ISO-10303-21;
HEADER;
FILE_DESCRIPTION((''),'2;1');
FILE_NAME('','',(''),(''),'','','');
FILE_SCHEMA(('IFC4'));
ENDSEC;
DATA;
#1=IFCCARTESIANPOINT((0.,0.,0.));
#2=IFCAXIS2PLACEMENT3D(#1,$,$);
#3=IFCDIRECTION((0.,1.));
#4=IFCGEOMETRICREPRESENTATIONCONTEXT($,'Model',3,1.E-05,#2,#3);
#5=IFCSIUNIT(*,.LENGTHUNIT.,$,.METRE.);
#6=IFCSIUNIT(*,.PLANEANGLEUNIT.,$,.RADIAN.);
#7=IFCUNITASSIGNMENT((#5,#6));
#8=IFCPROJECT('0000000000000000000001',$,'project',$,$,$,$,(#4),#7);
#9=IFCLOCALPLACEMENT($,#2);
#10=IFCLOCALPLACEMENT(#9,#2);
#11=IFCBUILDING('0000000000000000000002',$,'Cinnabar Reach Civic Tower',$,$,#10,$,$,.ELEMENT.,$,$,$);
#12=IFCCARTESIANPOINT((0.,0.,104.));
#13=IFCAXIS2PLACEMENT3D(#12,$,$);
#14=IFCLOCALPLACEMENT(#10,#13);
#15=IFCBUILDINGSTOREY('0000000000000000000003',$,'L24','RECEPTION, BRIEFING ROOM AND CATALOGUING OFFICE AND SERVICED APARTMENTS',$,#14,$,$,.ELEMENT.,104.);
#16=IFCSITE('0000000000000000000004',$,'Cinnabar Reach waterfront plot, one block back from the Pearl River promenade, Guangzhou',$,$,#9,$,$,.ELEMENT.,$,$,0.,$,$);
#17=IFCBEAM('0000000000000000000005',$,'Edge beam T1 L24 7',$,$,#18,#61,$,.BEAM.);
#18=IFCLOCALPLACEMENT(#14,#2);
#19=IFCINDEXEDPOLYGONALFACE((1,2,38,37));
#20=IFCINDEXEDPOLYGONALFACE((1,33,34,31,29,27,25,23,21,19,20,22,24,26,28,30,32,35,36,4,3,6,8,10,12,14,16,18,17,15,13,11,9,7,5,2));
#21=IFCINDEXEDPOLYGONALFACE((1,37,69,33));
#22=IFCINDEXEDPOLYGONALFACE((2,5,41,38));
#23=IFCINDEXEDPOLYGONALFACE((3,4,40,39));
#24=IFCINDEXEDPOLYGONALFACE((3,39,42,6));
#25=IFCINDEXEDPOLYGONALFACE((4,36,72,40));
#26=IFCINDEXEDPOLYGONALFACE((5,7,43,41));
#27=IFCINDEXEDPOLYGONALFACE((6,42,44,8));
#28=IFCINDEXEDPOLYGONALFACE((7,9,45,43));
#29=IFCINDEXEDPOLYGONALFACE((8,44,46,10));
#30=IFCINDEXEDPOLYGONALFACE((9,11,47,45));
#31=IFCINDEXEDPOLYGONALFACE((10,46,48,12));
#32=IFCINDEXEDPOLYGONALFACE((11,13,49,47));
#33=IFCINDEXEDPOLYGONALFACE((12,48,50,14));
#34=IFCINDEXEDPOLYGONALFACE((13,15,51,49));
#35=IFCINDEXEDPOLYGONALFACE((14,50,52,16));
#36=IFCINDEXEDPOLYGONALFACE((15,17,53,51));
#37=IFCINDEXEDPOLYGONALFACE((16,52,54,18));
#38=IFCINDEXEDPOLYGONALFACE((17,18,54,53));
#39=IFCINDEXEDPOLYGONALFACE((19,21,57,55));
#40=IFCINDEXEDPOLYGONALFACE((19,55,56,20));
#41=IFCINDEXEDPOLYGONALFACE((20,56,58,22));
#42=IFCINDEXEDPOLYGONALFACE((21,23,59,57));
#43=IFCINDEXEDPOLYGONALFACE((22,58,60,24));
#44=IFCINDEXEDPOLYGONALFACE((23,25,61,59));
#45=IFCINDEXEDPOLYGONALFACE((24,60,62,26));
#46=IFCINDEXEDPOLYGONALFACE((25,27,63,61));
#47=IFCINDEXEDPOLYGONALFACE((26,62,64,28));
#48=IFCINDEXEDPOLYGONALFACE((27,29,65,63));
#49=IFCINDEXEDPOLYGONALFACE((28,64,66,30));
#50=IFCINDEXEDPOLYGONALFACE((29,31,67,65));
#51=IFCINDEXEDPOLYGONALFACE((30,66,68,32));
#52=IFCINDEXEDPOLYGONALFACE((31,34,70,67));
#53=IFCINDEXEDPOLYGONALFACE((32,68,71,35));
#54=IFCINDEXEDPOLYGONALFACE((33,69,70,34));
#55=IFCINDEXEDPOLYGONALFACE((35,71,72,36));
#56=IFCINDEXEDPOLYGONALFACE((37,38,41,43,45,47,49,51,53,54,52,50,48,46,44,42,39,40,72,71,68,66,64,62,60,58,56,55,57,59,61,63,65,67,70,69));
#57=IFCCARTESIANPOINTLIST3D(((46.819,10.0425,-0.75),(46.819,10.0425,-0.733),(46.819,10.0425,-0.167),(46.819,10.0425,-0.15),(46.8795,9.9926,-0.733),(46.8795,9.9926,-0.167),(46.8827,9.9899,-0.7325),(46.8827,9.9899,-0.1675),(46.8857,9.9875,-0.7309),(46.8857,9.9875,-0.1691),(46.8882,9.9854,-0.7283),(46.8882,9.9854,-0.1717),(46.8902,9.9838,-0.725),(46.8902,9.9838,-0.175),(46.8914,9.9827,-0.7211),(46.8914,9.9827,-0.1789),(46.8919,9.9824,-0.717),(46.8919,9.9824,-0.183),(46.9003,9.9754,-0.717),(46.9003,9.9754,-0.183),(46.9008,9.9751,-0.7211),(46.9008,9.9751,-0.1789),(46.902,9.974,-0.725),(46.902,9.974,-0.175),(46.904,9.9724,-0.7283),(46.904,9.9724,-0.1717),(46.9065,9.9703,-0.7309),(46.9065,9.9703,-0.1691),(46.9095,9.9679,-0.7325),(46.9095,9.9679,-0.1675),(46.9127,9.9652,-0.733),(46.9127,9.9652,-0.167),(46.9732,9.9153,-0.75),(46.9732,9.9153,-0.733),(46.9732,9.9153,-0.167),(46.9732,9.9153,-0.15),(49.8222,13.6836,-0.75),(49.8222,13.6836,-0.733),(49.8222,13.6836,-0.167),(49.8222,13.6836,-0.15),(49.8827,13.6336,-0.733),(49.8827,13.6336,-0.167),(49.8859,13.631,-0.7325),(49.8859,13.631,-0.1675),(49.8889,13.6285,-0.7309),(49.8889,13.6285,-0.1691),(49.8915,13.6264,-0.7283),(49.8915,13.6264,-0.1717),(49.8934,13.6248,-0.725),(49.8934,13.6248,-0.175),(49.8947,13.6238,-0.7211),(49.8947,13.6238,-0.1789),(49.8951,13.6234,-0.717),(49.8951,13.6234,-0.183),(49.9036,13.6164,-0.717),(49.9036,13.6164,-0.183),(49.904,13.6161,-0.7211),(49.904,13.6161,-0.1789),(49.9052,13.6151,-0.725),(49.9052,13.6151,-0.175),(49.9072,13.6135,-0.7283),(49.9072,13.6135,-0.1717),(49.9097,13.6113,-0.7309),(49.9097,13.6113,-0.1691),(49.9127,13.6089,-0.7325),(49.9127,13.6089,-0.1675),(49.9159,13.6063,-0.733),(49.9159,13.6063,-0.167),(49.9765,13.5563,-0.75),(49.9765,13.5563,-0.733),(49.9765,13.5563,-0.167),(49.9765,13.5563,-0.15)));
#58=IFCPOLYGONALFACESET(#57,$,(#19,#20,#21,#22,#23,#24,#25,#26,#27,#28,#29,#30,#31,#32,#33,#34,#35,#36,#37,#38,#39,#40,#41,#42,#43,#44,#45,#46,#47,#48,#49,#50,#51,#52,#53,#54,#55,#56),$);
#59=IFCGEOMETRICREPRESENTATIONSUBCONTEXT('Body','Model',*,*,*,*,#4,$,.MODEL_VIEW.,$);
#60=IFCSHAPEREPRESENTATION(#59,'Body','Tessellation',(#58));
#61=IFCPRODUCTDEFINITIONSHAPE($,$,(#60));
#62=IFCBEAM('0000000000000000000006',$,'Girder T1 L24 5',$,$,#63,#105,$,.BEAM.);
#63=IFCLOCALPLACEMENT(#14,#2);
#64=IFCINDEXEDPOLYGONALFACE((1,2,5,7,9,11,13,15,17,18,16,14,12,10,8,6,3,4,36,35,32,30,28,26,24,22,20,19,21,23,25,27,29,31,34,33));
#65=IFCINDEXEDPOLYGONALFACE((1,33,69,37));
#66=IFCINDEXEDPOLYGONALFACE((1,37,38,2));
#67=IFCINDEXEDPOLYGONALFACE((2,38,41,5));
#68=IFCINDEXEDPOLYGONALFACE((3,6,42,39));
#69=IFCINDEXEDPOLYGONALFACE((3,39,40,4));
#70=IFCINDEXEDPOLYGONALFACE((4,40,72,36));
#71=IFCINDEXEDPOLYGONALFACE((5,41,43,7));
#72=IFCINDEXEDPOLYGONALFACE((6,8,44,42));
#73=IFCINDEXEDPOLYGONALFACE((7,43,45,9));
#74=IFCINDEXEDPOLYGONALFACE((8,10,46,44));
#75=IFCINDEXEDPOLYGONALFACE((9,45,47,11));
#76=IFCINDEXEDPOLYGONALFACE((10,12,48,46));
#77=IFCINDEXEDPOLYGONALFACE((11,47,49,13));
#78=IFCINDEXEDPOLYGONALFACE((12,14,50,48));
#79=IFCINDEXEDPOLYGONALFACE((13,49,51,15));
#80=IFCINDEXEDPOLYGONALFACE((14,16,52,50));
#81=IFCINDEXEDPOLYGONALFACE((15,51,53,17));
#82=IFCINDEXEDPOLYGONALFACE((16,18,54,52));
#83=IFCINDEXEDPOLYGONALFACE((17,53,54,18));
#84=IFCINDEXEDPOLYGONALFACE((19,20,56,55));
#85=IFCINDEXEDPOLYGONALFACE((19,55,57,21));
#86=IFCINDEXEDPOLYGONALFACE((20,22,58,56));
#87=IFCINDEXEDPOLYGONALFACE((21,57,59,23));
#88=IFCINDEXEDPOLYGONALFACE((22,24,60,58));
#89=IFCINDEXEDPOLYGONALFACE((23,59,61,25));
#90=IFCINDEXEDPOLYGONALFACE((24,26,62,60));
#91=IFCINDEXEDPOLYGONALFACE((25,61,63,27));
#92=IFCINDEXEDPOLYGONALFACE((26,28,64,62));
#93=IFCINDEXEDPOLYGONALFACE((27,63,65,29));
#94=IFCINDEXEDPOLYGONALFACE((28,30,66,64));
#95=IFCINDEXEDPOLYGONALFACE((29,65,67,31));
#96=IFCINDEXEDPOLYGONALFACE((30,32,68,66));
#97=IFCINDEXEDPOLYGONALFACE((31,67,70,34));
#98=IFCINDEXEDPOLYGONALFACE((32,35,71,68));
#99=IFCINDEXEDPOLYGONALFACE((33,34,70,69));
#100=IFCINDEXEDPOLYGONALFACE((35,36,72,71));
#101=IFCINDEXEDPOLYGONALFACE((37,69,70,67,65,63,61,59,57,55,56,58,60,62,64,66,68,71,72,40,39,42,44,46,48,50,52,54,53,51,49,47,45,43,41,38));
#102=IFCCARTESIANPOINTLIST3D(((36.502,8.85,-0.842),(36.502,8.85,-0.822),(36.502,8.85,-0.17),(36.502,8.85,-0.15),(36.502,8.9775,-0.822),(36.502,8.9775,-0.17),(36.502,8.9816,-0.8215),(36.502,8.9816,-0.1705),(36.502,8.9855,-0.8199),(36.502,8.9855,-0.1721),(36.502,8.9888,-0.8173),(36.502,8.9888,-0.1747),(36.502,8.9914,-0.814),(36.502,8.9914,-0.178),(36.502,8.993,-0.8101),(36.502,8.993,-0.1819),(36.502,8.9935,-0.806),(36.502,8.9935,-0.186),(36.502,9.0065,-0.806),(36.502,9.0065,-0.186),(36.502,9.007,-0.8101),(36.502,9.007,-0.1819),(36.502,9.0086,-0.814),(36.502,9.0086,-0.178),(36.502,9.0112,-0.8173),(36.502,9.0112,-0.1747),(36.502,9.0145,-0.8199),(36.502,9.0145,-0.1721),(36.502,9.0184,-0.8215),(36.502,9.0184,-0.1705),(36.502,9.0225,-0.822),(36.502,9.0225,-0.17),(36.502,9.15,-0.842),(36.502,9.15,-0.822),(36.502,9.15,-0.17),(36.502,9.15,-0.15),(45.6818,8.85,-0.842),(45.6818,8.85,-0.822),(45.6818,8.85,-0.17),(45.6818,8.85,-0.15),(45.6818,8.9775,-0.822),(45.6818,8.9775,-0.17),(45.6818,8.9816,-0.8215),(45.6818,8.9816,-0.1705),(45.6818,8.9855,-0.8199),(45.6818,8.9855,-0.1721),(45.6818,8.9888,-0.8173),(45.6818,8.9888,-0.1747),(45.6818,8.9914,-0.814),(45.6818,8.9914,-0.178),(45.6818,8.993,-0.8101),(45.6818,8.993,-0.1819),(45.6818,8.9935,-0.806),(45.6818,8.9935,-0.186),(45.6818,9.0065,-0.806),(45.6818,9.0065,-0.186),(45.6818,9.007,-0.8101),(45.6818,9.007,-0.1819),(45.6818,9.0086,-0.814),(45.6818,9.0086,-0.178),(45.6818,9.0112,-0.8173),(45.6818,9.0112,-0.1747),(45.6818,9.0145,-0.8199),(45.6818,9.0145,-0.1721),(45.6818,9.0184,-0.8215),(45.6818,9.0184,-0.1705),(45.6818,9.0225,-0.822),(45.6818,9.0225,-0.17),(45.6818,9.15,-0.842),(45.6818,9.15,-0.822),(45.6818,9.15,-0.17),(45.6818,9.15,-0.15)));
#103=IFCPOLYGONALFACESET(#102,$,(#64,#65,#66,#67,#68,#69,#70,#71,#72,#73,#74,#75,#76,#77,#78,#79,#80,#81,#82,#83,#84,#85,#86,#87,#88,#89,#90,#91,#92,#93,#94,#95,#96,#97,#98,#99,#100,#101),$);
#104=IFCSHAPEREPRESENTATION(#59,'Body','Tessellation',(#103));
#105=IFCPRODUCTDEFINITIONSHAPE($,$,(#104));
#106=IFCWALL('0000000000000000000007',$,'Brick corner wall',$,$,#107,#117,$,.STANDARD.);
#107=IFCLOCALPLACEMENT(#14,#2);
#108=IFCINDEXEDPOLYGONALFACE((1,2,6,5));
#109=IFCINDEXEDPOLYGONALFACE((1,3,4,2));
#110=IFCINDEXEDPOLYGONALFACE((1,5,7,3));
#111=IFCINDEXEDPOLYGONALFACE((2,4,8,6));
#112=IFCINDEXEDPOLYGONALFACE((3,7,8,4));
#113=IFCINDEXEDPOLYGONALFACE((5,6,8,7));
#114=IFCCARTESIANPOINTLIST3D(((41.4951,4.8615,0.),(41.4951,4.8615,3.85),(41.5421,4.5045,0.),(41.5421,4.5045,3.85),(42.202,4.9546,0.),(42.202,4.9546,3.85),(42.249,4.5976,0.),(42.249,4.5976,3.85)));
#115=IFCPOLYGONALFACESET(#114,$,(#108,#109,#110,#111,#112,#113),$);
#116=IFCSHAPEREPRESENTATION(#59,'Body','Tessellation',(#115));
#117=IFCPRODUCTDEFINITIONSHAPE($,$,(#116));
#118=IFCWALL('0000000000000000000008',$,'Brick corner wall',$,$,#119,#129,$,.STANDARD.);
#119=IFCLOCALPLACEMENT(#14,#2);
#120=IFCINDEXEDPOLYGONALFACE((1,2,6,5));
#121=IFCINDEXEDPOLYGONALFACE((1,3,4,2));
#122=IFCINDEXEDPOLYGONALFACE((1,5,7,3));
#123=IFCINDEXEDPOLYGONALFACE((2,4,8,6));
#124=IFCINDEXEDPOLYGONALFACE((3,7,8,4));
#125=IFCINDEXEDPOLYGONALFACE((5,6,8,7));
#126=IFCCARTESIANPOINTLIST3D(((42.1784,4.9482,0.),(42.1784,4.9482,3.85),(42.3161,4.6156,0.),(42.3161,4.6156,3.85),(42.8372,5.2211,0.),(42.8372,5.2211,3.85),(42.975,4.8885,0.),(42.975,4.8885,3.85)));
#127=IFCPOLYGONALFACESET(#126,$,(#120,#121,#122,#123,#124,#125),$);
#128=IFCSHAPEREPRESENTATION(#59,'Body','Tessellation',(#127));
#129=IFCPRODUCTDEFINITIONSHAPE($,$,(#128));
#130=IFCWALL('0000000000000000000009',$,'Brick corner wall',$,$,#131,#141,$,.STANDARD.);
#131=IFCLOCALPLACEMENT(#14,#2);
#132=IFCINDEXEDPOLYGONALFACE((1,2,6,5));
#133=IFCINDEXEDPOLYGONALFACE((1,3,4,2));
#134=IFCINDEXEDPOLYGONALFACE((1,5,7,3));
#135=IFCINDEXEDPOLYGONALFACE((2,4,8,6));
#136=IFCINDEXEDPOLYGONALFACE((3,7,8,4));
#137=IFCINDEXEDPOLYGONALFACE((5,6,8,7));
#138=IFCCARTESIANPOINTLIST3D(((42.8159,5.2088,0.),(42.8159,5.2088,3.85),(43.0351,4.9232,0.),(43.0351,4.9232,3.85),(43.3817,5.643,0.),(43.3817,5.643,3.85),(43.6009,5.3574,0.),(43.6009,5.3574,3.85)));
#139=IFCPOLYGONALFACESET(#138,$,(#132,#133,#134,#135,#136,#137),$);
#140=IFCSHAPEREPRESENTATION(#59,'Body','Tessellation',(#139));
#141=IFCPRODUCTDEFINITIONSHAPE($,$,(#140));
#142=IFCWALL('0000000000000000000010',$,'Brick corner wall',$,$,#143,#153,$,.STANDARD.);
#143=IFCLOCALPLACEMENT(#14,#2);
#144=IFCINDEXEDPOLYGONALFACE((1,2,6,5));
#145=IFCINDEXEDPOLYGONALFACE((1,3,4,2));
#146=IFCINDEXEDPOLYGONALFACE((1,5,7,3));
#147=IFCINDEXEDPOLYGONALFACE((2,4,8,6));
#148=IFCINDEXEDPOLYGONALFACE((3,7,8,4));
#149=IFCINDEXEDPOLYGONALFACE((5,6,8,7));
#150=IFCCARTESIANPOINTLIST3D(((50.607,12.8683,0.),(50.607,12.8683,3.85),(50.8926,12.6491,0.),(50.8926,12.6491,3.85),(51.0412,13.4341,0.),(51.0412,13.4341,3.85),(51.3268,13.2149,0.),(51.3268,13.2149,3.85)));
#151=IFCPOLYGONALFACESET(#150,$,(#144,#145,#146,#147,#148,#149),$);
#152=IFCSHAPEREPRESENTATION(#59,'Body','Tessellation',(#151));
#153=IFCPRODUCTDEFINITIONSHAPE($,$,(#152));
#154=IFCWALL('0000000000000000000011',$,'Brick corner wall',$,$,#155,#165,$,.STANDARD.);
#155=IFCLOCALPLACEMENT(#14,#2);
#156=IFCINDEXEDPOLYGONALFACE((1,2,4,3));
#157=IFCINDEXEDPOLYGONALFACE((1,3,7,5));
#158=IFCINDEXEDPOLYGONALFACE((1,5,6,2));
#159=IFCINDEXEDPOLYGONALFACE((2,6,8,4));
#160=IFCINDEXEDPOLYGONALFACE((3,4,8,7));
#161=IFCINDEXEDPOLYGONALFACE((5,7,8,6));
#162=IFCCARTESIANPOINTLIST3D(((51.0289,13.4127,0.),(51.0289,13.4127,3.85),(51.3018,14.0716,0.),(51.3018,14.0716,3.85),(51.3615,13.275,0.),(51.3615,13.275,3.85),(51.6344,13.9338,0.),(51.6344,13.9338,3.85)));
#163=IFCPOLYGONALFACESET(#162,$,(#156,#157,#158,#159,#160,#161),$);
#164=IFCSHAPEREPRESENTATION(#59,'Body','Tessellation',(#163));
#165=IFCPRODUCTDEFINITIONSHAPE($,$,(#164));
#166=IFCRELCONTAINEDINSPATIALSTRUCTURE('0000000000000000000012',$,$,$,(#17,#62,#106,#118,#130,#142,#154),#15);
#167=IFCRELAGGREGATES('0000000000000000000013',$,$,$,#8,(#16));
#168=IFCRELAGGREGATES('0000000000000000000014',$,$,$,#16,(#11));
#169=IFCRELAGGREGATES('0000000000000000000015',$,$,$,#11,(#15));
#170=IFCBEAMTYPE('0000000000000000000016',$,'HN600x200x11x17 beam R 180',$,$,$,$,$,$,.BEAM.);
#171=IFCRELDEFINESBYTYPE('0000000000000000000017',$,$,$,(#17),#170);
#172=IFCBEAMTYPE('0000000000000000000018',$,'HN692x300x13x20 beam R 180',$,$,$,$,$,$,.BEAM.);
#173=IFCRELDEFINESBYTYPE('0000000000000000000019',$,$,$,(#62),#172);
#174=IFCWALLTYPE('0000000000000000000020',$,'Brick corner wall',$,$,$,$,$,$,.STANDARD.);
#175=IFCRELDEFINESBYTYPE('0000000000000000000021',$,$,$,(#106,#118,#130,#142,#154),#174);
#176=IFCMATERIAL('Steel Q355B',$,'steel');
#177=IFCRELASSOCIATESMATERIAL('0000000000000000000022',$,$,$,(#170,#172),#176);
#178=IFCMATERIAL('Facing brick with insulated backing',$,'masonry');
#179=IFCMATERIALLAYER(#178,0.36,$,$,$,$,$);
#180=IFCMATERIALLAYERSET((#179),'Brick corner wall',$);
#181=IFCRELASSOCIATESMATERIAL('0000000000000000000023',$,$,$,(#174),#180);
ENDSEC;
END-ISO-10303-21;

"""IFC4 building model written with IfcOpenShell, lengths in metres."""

from ifc_helpers import new_model, si_unit, direction, frame, frame_2d, origin, origin_2d, place, context, subcontext, project, spatial, rectangle, i_section, extrude, material, layer, layer_set, material_profile, profile_set, type_object, element, save


model = new_model("IFC4")

# Units and contexts
model_context = context("Model", 3, precision=1e-05, world=origin(), true_north=direction((0.0, 1.0)))
body_context = subcontext(model_context, "Body", "Model", "MODEL_VIEW")
ifc_project = project(units=[si_unit("LENGTHUNIT", "METRE"), si_unit("PLANEANGLEUNIT", "RADIAN")], contexts=[model_context])

# Site, building, storey
site_placement = place(None, origin())
site = spatial("IfcSite", under=ifc_project, at=site_placement, Name="Cinnabar Reach waterfront plot, one block back from the Pearl River promenade, Guangzhou", CompositionType="ELEMENT", RefElevation=0.0)
building_placement = place(site_placement, origin())
building = spatial("IfcBuilding", under=site, at=building_placement, Name="Cinnabar Reach Civic Tower", CompositionType="ELEMENT")
storey_placement = place(building_placement, frame((0.0, 0.0, 104.0)))
storey = spatial("IfcBuildingStorey", under=building, at=storey_placement, Name="L24", Description="RECEPTION, BRIEFING ROOM AND CATALOGUING OFFICE AND SERVICED APARTMENTS", CompositionType="ELEMENT", Elevation=104.0)

# Beams
ifc_material_1 = material(Name="Steel Q355B", Category="steel")
ifc_material_profile_1 = material_profile(ifc_material_1, i_section(OverallWidth=0.2, OverallDepth=0.6, WebThickness=0.011, FlangeThickness=0.017, FilletRadius=0.016, at=origin_2d()), Name="HN600x200x11x17")
ifc_profile_set_1 = profile_set([ifc_material_profile_1], Name="Steel Q355B")
beam_type_1 = type_object("IfcBeamType", Name="HN600x200x11x17 beam R 180", PredefinedType="BEAM", material=ifc_profile_set_1)
for number, where, z_axis, x_axis, name in (
    (1, (46.8961, 9.9789, -0.45), (0.636304, 0.771438, 0.0), (-0.771438, 0.636304, 0.0), "Edge beam T1 L24 7"),
):
    element("IfcBeam", number, at=place(storey_placement, frame(where, z_axis=z_axis, x_axis=x_axis)), inside=storey, type_object=beam_type_1, Name=name, PredefinedType="BEAM", context=body_context, shape_type="SweptSolid", body=[
        extrude(i_section(OverallWidth=0.2, OverallDepth=0.6, WebThickness=0.011, FlangeThickness=0.017, FilletRadius=0.016, at=origin_2d()), origin(), (0.0, 0.0, 1.0), 4.7198),
    ])
ifc_material_profile_2 = material_profile(ifc_material_1, i_section(OverallWidth=0.3, OverallDepth=0.692, WebThickness=0.013, FlangeThickness=0.02, FilletRadius=0.016, at=origin_2d()), Name="HN692x300x13x20")
ifc_profile_set_2 = profile_set([ifc_material_profile_2], Name="Steel Q355B")
beam_type_2 = type_object("IfcBeamType", Name="HN692x300x13x20 beam R 180", PredefinedType="BEAM", material=ifc_profile_set_2)
beam_1_placement = place(storey_placement, frame((36.502, 9.0, -0.496), z_axis=(1.0, 0.0, 0.0), x_axis=(0.0, 1.0, 0.0)))
element("IfcBeam", 2, at=beam_1_placement, inside=storey, type_object=beam_type_2, Name="Girder T1 L24 5", PredefinedType="BEAM", context=body_context, shape_type="SweptSolid", body=[
    extrude(i_section(OverallWidth=0.3, OverallDepth=0.692, WebThickness=0.013, FlangeThickness=0.02, FilletRadius=0.016, at=origin_2d()), origin(), (0.0, 0.0, 1.0), 9.1798),
])

# Walls
ifc_material_2 = material(Name="Facing brick with insulated backing", Category="masonry")
ifc_layer_1 = layer(ifc_material_2, 0.36)
ifc_layer_set_1 = layer_set([ifc_layer_1], Name="Brick corner wall")
wall_type_1 = type_object("IfcWallType", Name="Brick corner wall", PredefinedType="STANDARD", material=ifc_layer_set_1)
for number, where, z_axis, x_axis, name in (
    (3, (41.5186, 4.683, 0.0), (0.0, 0.0, 1.0), (0.991441, 0.130556, 0.0), "Brick corner wall"),
    (4, (42.2473, 4.7819, 0.0), (0.0, 0.0, 1.0), (0.923872, 0.382703, 0.0), "Brick corner wall"),
):
    element("IfcWall", number, at=place(storey_placement, frame(where, z_axis=z_axis, x_axis=x_axis)), inside=storey, type_object=wall_type_1, Name=name, PredefinedType="STANDARD", context=body_context, shape_type="SweptSolid", body=[
        extrude(rectangle(XDim=0.7131, YDim=0.36, at=frame_2d((0.3565, 0.0))), origin(), (0.0, 0.0, 1.0), 3.85),
    ])
for number, where, z_axis, x_axis, name in (
    (5, (42.9255, 5.066, 0.0), (0.0, 0.0, 1.0), (0.793322, 0.608802, 0.0), "Brick corner wall"),
    (6, (50.7498, 12.7587, 0.0), (0.0, 0.0, 1.0), (0.608802, 0.793322, 0.0), "Brick corner wall"),
):
    element("IfcWall", number, at=place(storey_placement, frame(where, z_axis=z_axis, x_axis=x_axis)), inside=storey, type_object=wall_type_1, Name=name, PredefinedType="STANDARD", context=body_context, shape_type="SweptSolid", body=[
        extrude(rectangle(XDim=0.7132, YDim=0.36, at=frame_2d((0.3566, 0.0))), origin(), (0.0, 0.0, 1.0), 3.85),
    ])
wall_1_placement = place(storey_placement, frame((51.1952, 13.3439, 0.0), z_axis=(0.0, 0.0, 1.0), x_axis=(0.382703, 0.923872, 0.0)))
element("IfcWall", 7, at=wall_1_placement, inside=storey, type_object=wall_type_1, Name="Brick corner wall", PredefinedType="STANDARD", context=body_context, shape_type="SweptSolid", body=[
    extrude(rectangle(XDim=0.7131, YDim=0.36, at=frame_2d((0.3565, 0.0))), origin(), (0.0, 0.0, 1.0), 3.85),
])

save(model, "model.ifc")
